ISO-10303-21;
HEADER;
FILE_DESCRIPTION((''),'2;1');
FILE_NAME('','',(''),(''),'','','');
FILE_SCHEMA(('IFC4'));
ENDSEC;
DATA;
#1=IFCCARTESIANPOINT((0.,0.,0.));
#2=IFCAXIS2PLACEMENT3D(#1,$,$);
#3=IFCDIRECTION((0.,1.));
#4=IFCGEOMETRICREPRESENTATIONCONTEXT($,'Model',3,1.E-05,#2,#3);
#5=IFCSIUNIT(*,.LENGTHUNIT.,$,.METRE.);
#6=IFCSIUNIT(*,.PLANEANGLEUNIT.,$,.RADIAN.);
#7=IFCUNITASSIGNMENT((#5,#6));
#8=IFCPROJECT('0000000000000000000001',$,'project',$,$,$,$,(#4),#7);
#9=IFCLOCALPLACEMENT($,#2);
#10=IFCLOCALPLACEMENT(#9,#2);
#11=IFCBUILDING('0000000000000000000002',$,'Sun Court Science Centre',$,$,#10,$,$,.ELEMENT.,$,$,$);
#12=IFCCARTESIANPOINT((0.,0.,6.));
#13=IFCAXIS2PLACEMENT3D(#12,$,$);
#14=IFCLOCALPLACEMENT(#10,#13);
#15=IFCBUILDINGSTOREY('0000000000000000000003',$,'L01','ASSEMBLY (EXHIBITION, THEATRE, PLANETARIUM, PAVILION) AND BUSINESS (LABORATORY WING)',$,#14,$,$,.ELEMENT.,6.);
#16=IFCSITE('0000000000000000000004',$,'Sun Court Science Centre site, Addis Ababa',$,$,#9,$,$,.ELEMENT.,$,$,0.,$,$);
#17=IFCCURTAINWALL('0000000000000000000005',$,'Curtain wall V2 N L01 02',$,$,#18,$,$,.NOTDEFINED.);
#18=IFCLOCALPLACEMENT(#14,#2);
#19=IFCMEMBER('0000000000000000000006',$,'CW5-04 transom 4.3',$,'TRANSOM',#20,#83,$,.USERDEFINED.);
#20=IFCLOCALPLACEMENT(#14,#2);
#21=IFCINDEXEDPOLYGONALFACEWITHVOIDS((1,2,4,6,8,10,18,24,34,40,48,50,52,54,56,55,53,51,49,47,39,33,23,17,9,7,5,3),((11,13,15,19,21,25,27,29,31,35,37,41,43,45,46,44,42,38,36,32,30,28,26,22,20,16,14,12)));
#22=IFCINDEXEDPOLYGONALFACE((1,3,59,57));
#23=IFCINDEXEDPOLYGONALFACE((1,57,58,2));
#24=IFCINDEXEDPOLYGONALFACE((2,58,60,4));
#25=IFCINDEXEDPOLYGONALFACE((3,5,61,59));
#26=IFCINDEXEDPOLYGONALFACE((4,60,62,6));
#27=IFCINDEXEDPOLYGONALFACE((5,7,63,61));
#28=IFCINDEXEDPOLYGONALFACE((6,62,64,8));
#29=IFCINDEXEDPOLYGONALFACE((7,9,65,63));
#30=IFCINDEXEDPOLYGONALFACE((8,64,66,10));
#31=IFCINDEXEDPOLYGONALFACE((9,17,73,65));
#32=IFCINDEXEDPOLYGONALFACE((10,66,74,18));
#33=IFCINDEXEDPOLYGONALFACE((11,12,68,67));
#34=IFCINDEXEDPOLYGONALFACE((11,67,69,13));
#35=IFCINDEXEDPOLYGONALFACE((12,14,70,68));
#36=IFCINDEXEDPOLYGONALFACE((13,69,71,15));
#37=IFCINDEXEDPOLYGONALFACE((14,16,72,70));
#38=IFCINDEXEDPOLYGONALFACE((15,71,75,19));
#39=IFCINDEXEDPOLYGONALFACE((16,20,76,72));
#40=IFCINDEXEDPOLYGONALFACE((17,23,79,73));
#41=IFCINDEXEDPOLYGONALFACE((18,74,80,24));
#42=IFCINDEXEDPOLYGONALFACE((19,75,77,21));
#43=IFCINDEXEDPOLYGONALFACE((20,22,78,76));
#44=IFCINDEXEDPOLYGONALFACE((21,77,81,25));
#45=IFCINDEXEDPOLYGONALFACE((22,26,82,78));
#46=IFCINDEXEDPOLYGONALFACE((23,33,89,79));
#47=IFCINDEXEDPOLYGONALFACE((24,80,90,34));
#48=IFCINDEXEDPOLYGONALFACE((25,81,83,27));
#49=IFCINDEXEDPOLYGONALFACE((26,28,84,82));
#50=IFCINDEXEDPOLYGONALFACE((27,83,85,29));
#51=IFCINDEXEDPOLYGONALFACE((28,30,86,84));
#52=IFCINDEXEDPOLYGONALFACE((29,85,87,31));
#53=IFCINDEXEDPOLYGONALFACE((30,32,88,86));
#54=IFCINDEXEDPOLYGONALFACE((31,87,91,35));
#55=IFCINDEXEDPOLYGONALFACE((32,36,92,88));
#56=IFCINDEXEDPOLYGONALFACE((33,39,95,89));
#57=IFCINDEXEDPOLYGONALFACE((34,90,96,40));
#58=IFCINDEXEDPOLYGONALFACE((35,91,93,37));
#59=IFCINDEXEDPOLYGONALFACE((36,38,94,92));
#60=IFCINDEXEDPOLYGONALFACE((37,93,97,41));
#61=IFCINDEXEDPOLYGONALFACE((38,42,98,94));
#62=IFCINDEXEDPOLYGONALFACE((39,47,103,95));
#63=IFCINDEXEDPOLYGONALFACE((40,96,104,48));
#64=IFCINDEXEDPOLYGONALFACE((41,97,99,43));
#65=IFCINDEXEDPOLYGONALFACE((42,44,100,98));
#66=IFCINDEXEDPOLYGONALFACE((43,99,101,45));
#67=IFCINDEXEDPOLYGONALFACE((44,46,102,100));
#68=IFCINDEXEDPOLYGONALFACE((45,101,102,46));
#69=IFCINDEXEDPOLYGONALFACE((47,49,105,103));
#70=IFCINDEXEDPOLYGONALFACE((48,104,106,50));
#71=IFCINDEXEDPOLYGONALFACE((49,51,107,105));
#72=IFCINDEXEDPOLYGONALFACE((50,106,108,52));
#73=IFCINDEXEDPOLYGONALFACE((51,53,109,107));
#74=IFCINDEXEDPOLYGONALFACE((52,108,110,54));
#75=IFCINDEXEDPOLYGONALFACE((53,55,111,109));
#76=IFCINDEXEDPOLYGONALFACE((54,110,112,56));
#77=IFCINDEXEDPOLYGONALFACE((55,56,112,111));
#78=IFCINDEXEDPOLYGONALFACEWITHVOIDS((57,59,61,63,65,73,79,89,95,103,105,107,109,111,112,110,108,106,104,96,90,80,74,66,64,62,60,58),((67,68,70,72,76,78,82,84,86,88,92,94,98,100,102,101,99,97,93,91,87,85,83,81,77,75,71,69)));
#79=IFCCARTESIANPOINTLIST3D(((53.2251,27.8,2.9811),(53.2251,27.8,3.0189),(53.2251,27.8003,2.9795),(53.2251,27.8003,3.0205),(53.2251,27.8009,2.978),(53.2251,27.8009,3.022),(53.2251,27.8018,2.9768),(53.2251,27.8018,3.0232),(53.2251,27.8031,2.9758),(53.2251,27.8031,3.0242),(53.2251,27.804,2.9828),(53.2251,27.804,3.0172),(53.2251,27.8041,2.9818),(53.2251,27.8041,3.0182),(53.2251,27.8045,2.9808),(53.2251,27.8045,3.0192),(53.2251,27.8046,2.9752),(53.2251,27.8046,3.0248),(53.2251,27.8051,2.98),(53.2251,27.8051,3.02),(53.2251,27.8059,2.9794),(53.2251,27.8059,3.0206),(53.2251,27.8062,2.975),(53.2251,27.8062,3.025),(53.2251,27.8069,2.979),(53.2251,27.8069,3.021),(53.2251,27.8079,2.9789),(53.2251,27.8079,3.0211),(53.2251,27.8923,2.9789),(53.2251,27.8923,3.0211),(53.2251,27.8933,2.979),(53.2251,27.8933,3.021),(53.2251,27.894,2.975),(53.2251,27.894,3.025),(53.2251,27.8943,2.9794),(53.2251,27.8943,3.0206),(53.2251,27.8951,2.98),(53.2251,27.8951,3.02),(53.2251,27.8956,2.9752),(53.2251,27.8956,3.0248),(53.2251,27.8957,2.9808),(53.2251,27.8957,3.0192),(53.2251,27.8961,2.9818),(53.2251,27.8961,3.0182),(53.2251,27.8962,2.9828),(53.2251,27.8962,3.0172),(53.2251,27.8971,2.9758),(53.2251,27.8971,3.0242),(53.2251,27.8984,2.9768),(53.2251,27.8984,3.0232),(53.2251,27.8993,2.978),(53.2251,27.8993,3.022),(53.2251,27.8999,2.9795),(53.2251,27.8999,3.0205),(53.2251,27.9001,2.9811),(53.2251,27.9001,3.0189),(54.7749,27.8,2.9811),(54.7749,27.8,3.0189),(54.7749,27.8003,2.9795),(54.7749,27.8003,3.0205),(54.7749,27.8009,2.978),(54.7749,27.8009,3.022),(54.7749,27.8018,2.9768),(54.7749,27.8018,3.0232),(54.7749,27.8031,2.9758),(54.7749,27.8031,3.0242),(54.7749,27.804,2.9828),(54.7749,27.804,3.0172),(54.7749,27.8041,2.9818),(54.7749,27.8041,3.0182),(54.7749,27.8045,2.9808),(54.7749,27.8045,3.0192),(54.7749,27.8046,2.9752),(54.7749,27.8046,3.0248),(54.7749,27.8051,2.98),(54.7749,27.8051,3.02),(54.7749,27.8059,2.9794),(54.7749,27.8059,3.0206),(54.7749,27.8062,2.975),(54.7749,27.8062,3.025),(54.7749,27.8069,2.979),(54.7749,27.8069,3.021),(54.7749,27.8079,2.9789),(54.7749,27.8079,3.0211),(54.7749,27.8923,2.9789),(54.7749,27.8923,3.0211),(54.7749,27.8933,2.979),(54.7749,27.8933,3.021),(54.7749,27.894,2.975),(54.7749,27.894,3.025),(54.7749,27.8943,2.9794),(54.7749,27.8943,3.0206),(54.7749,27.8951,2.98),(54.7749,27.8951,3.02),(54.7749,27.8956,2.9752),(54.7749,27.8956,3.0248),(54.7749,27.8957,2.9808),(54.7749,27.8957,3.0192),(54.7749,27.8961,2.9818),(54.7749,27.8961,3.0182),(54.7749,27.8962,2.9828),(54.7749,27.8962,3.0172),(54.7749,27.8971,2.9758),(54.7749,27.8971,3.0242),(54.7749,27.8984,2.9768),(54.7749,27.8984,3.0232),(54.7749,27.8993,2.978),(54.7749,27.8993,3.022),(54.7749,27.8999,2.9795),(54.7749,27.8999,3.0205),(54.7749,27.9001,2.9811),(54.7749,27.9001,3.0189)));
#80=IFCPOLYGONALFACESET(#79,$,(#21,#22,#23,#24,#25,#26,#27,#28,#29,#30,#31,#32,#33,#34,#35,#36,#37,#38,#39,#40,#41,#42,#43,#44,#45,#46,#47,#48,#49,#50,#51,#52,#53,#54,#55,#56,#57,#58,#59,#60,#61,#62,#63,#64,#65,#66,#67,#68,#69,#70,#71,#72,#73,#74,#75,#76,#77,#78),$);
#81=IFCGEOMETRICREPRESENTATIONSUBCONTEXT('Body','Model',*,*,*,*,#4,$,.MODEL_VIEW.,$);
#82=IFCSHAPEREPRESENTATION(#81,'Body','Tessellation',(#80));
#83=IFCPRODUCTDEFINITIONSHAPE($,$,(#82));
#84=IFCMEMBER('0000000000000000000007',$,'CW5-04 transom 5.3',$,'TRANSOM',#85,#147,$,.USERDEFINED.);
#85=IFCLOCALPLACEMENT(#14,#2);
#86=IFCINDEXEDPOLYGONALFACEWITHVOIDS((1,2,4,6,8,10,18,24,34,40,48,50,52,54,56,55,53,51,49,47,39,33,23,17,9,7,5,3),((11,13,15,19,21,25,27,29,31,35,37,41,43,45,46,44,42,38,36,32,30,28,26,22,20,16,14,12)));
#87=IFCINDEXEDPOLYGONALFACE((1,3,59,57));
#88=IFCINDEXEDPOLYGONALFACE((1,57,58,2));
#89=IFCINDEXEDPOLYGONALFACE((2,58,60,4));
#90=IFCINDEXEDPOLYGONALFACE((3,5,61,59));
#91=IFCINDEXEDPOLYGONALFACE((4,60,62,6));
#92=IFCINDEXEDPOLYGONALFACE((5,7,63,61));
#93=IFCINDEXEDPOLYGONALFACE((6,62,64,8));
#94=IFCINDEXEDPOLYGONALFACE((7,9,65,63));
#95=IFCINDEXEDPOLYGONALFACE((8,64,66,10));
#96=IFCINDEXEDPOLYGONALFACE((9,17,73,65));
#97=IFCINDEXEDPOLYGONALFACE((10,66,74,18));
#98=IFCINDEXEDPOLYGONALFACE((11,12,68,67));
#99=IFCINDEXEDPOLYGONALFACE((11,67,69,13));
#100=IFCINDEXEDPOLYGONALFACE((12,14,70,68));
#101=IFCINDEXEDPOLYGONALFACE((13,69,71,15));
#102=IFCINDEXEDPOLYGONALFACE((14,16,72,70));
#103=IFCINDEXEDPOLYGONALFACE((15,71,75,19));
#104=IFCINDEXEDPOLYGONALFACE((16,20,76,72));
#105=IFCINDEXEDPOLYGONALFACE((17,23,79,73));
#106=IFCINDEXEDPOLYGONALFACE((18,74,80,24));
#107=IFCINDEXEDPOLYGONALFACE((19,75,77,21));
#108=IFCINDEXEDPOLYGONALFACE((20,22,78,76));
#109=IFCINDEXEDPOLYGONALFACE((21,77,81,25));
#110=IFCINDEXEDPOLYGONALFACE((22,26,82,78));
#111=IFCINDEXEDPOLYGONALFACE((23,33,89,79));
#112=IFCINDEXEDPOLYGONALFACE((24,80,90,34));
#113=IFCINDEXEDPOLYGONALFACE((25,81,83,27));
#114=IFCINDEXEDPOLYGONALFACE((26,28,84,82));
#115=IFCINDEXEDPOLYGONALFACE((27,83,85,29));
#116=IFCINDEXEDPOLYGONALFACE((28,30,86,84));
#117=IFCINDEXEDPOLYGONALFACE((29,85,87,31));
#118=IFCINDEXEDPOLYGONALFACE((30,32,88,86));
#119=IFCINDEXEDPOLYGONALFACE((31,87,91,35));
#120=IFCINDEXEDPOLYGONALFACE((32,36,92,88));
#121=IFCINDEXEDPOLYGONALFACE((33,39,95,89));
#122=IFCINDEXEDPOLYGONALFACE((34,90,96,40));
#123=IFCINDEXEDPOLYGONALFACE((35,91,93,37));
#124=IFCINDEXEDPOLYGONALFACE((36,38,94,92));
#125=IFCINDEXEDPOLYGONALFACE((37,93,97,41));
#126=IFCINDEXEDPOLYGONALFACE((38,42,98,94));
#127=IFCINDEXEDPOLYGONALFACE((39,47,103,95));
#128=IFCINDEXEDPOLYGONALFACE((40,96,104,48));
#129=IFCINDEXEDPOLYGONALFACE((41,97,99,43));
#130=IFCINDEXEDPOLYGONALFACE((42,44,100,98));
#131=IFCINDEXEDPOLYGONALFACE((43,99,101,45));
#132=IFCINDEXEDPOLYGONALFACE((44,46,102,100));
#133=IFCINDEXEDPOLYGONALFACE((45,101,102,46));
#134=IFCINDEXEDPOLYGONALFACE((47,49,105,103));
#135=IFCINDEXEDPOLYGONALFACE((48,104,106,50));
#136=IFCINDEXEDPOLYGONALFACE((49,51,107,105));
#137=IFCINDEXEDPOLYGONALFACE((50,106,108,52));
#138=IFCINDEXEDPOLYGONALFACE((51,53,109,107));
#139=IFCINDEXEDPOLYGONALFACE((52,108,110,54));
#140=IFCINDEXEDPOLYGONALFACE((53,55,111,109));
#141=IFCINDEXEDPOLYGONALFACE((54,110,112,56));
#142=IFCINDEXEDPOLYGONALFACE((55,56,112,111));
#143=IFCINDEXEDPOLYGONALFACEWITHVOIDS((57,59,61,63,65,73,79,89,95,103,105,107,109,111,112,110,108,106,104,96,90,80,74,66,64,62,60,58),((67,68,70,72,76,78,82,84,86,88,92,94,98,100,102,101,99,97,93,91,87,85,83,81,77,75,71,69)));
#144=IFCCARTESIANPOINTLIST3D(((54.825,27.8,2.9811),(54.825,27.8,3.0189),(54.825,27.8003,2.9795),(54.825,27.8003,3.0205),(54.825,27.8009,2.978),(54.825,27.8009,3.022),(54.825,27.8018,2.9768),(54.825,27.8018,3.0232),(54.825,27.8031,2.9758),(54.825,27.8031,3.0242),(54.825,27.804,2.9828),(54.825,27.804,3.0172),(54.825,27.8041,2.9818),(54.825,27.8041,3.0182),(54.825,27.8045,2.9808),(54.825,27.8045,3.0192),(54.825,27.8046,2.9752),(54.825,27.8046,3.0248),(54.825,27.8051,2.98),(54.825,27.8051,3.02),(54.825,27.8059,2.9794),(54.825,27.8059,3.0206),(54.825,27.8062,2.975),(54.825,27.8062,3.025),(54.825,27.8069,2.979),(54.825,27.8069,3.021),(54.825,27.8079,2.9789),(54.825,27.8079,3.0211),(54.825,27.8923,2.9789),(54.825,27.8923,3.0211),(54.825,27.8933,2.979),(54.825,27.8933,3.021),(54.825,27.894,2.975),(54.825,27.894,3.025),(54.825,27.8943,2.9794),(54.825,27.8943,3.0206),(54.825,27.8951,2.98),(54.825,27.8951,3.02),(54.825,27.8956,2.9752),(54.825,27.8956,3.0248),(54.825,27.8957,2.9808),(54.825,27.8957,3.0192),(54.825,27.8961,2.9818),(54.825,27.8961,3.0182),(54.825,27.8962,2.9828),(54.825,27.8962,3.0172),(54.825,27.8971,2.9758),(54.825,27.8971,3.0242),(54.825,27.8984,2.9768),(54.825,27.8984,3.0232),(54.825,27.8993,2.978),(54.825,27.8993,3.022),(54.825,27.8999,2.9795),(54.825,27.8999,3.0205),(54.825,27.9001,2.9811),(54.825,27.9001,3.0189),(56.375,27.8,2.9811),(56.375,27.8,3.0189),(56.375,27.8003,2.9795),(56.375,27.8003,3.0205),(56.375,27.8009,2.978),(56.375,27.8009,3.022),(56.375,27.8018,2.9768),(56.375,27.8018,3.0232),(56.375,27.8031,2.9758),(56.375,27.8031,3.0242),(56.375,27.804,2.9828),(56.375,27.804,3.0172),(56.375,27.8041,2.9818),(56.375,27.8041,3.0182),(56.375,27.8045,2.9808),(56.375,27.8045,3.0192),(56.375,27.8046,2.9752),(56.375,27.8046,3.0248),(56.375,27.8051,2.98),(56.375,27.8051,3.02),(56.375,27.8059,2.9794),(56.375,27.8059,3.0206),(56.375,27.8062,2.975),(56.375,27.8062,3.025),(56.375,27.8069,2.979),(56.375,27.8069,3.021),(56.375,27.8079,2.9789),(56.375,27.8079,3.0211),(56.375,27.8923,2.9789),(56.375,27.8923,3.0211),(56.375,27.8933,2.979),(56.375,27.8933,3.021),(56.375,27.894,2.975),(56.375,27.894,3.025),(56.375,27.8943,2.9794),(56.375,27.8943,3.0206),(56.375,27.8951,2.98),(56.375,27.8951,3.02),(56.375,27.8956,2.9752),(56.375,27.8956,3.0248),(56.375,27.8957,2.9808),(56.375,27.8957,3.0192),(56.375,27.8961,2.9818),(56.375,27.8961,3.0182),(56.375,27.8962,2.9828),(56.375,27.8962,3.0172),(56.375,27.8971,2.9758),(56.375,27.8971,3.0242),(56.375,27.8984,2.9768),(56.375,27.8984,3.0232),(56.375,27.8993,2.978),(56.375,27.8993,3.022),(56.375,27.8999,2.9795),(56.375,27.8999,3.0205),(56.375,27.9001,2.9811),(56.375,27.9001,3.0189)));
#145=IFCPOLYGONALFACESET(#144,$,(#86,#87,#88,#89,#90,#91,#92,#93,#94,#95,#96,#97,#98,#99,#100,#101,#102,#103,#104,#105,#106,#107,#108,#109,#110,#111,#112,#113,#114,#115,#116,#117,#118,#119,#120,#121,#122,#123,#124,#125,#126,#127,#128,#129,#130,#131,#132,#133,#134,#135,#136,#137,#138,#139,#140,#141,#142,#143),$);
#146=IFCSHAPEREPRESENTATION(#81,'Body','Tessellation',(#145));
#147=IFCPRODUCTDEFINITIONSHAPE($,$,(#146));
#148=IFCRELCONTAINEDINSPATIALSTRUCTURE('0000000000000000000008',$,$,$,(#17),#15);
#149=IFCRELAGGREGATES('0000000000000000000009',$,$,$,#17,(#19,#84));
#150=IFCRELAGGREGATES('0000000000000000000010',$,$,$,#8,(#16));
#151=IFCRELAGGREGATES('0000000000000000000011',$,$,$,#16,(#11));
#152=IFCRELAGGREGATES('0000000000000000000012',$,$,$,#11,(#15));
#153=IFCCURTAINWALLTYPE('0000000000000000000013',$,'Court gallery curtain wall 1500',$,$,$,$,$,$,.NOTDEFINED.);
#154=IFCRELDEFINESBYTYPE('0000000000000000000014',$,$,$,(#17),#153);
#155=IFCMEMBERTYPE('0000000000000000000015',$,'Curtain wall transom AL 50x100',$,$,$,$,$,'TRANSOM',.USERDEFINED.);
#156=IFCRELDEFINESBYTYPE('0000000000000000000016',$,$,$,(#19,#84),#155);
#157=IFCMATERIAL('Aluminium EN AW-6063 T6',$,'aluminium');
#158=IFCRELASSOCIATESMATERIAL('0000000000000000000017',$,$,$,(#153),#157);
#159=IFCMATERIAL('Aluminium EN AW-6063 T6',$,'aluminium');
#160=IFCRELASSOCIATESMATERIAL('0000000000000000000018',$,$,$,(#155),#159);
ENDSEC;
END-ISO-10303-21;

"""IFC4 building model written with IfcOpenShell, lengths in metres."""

from ifc_helpers import new_model, si_unit, direction, frame, origin, origin_2d, place, context, subcontext, project, spatial, hollow_rectangle, extrude, material, material_profile, profile_set, type_object, element, aggregate, save


model = new_model("IFC4")

# Units and contexts
model_context = context("Model", 3, precision=1e-05, world=origin(), true_north=direction((0.0, 1.0)))
body_context = subcontext(model_context, "Body", "Model", "MODEL_VIEW")
ifc_project = project(units=[si_unit("LENGTHUNIT", "METRE"), si_unit("PLANEANGLEUNIT", "RADIAN")], contexts=[model_context])

# Site, building, storey
site_placement = place(None, origin())
site = spatial("IfcSite", under=ifc_project, at=site_placement, Name="Sun Court Science Centre site, Addis Ababa", CompositionType="ELEMENT", RefElevation=0.0)
building_placement = place(site_placement, origin())
building = spatial("IfcBuilding", under=site, at=building_placement, Name="Sun Court Science Centre", CompositionType="ELEMENT")
storey_placement = place(building_placement, frame((0.0, 0.0, 6.0)))
storey = spatial("IfcBuildingStorey", under=building, at=storey_placement, Name="L01", Description="ASSEMBLY (EXHIBITION, THEATRE, PLANETARIUM, PAVILION) AND BUSINESS (LABORATORY WING)", CompositionType="ELEMENT", Elevation=6.0)

# Curtain wall, members
ifc_material_1 = material(Name="Aluminium EN AW-6063 T6", Category="aluminium")
curtain_wall_type_1 = type_object("IfcCurtainWallType", Name="Court gallery curtain wall 1500", PredefinedType="NOTDEFINED", material=ifc_material_1)
curtain_wall_1_placement = place(storey_placement, origin())
curtain_wall_1 = element("IfcCurtainWall", 1, at=curtain_wall_1_placement, inside=storey, type_object=curtain_wall_type_1, Name="Curtain wall V2 N L01 02", PredefinedType="NOTDEFINED")
ifc_material_2 = material(Name="Aluminium EN AW-6063 T6", Category="aluminium")
ifc_material_profile_1 = material_profile(ifc_material_2, hollow_rectangle(XDim=0.05, YDim=0.1001, WallThickness=0.0039, InnerFilletRadius=0.0039, OuterFilletRadius=0.0061, at=origin_2d()), Name="AL 50x100x4")
ifc_profile_set_1 = profile_set([ifc_material_profile_1], Name="Aluminium EN AW-6063 T6")
member_type_1 = type_object("IfcMemberType", Name="Curtain wall transom AL 50x100", ElementType="TRANSOM", PredefinedType="USERDEFINED", material=ifc_profile_set_1)
member_1_placement = place(storey_placement, frame((53.2251, 27.8501, 3.0), z_axis=(1.0, 0.0, 0.0), x_axis=(0.0, 0.0, 1.0)))
member_1 = element("IfcMember", 2, at=member_1_placement, type_object=member_type_1, Name="CW5-04 transom 4.3", ObjectType="TRANSOM", PredefinedType="USERDEFINED", context=body_context, shape_type="SweptSolid", body=[
    extrude(hollow_rectangle(XDim=0.05, YDim=0.1001, WallThickness=0.0039, InnerFilletRadius=0.0039, OuterFilletRadius=0.0061, at=origin_2d()), origin(), (0.0, 0.0, 1.0), 1.5498),
])
member_2_placement = place(storey_placement, frame((54.825, 27.8501, 3.0), z_axis=(1.0, 0.0, 0.0), x_axis=(0.0, 0.0, 1.0)))
member_2 = element("IfcMember", 3, at=member_2_placement, type_object=member_type_1, Name="CW5-04 transom 5.3", ObjectType="TRANSOM", PredefinedType="USERDEFINED", context=body_context, shape_type="SweptSolid", body=[
    extrude(hollow_rectangle(XDim=0.05, YDim=0.1001, WallThickness=0.0039, InnerFilletRadius=0.0039, OuterFilletRadius=0.0061, at=origin_2d()), origin(), (0.0, 0.0, 1.0), 1.55),
])

aggregate(curtain_wall_1, [member_1, member_2])

save(model, "model.ifc")
